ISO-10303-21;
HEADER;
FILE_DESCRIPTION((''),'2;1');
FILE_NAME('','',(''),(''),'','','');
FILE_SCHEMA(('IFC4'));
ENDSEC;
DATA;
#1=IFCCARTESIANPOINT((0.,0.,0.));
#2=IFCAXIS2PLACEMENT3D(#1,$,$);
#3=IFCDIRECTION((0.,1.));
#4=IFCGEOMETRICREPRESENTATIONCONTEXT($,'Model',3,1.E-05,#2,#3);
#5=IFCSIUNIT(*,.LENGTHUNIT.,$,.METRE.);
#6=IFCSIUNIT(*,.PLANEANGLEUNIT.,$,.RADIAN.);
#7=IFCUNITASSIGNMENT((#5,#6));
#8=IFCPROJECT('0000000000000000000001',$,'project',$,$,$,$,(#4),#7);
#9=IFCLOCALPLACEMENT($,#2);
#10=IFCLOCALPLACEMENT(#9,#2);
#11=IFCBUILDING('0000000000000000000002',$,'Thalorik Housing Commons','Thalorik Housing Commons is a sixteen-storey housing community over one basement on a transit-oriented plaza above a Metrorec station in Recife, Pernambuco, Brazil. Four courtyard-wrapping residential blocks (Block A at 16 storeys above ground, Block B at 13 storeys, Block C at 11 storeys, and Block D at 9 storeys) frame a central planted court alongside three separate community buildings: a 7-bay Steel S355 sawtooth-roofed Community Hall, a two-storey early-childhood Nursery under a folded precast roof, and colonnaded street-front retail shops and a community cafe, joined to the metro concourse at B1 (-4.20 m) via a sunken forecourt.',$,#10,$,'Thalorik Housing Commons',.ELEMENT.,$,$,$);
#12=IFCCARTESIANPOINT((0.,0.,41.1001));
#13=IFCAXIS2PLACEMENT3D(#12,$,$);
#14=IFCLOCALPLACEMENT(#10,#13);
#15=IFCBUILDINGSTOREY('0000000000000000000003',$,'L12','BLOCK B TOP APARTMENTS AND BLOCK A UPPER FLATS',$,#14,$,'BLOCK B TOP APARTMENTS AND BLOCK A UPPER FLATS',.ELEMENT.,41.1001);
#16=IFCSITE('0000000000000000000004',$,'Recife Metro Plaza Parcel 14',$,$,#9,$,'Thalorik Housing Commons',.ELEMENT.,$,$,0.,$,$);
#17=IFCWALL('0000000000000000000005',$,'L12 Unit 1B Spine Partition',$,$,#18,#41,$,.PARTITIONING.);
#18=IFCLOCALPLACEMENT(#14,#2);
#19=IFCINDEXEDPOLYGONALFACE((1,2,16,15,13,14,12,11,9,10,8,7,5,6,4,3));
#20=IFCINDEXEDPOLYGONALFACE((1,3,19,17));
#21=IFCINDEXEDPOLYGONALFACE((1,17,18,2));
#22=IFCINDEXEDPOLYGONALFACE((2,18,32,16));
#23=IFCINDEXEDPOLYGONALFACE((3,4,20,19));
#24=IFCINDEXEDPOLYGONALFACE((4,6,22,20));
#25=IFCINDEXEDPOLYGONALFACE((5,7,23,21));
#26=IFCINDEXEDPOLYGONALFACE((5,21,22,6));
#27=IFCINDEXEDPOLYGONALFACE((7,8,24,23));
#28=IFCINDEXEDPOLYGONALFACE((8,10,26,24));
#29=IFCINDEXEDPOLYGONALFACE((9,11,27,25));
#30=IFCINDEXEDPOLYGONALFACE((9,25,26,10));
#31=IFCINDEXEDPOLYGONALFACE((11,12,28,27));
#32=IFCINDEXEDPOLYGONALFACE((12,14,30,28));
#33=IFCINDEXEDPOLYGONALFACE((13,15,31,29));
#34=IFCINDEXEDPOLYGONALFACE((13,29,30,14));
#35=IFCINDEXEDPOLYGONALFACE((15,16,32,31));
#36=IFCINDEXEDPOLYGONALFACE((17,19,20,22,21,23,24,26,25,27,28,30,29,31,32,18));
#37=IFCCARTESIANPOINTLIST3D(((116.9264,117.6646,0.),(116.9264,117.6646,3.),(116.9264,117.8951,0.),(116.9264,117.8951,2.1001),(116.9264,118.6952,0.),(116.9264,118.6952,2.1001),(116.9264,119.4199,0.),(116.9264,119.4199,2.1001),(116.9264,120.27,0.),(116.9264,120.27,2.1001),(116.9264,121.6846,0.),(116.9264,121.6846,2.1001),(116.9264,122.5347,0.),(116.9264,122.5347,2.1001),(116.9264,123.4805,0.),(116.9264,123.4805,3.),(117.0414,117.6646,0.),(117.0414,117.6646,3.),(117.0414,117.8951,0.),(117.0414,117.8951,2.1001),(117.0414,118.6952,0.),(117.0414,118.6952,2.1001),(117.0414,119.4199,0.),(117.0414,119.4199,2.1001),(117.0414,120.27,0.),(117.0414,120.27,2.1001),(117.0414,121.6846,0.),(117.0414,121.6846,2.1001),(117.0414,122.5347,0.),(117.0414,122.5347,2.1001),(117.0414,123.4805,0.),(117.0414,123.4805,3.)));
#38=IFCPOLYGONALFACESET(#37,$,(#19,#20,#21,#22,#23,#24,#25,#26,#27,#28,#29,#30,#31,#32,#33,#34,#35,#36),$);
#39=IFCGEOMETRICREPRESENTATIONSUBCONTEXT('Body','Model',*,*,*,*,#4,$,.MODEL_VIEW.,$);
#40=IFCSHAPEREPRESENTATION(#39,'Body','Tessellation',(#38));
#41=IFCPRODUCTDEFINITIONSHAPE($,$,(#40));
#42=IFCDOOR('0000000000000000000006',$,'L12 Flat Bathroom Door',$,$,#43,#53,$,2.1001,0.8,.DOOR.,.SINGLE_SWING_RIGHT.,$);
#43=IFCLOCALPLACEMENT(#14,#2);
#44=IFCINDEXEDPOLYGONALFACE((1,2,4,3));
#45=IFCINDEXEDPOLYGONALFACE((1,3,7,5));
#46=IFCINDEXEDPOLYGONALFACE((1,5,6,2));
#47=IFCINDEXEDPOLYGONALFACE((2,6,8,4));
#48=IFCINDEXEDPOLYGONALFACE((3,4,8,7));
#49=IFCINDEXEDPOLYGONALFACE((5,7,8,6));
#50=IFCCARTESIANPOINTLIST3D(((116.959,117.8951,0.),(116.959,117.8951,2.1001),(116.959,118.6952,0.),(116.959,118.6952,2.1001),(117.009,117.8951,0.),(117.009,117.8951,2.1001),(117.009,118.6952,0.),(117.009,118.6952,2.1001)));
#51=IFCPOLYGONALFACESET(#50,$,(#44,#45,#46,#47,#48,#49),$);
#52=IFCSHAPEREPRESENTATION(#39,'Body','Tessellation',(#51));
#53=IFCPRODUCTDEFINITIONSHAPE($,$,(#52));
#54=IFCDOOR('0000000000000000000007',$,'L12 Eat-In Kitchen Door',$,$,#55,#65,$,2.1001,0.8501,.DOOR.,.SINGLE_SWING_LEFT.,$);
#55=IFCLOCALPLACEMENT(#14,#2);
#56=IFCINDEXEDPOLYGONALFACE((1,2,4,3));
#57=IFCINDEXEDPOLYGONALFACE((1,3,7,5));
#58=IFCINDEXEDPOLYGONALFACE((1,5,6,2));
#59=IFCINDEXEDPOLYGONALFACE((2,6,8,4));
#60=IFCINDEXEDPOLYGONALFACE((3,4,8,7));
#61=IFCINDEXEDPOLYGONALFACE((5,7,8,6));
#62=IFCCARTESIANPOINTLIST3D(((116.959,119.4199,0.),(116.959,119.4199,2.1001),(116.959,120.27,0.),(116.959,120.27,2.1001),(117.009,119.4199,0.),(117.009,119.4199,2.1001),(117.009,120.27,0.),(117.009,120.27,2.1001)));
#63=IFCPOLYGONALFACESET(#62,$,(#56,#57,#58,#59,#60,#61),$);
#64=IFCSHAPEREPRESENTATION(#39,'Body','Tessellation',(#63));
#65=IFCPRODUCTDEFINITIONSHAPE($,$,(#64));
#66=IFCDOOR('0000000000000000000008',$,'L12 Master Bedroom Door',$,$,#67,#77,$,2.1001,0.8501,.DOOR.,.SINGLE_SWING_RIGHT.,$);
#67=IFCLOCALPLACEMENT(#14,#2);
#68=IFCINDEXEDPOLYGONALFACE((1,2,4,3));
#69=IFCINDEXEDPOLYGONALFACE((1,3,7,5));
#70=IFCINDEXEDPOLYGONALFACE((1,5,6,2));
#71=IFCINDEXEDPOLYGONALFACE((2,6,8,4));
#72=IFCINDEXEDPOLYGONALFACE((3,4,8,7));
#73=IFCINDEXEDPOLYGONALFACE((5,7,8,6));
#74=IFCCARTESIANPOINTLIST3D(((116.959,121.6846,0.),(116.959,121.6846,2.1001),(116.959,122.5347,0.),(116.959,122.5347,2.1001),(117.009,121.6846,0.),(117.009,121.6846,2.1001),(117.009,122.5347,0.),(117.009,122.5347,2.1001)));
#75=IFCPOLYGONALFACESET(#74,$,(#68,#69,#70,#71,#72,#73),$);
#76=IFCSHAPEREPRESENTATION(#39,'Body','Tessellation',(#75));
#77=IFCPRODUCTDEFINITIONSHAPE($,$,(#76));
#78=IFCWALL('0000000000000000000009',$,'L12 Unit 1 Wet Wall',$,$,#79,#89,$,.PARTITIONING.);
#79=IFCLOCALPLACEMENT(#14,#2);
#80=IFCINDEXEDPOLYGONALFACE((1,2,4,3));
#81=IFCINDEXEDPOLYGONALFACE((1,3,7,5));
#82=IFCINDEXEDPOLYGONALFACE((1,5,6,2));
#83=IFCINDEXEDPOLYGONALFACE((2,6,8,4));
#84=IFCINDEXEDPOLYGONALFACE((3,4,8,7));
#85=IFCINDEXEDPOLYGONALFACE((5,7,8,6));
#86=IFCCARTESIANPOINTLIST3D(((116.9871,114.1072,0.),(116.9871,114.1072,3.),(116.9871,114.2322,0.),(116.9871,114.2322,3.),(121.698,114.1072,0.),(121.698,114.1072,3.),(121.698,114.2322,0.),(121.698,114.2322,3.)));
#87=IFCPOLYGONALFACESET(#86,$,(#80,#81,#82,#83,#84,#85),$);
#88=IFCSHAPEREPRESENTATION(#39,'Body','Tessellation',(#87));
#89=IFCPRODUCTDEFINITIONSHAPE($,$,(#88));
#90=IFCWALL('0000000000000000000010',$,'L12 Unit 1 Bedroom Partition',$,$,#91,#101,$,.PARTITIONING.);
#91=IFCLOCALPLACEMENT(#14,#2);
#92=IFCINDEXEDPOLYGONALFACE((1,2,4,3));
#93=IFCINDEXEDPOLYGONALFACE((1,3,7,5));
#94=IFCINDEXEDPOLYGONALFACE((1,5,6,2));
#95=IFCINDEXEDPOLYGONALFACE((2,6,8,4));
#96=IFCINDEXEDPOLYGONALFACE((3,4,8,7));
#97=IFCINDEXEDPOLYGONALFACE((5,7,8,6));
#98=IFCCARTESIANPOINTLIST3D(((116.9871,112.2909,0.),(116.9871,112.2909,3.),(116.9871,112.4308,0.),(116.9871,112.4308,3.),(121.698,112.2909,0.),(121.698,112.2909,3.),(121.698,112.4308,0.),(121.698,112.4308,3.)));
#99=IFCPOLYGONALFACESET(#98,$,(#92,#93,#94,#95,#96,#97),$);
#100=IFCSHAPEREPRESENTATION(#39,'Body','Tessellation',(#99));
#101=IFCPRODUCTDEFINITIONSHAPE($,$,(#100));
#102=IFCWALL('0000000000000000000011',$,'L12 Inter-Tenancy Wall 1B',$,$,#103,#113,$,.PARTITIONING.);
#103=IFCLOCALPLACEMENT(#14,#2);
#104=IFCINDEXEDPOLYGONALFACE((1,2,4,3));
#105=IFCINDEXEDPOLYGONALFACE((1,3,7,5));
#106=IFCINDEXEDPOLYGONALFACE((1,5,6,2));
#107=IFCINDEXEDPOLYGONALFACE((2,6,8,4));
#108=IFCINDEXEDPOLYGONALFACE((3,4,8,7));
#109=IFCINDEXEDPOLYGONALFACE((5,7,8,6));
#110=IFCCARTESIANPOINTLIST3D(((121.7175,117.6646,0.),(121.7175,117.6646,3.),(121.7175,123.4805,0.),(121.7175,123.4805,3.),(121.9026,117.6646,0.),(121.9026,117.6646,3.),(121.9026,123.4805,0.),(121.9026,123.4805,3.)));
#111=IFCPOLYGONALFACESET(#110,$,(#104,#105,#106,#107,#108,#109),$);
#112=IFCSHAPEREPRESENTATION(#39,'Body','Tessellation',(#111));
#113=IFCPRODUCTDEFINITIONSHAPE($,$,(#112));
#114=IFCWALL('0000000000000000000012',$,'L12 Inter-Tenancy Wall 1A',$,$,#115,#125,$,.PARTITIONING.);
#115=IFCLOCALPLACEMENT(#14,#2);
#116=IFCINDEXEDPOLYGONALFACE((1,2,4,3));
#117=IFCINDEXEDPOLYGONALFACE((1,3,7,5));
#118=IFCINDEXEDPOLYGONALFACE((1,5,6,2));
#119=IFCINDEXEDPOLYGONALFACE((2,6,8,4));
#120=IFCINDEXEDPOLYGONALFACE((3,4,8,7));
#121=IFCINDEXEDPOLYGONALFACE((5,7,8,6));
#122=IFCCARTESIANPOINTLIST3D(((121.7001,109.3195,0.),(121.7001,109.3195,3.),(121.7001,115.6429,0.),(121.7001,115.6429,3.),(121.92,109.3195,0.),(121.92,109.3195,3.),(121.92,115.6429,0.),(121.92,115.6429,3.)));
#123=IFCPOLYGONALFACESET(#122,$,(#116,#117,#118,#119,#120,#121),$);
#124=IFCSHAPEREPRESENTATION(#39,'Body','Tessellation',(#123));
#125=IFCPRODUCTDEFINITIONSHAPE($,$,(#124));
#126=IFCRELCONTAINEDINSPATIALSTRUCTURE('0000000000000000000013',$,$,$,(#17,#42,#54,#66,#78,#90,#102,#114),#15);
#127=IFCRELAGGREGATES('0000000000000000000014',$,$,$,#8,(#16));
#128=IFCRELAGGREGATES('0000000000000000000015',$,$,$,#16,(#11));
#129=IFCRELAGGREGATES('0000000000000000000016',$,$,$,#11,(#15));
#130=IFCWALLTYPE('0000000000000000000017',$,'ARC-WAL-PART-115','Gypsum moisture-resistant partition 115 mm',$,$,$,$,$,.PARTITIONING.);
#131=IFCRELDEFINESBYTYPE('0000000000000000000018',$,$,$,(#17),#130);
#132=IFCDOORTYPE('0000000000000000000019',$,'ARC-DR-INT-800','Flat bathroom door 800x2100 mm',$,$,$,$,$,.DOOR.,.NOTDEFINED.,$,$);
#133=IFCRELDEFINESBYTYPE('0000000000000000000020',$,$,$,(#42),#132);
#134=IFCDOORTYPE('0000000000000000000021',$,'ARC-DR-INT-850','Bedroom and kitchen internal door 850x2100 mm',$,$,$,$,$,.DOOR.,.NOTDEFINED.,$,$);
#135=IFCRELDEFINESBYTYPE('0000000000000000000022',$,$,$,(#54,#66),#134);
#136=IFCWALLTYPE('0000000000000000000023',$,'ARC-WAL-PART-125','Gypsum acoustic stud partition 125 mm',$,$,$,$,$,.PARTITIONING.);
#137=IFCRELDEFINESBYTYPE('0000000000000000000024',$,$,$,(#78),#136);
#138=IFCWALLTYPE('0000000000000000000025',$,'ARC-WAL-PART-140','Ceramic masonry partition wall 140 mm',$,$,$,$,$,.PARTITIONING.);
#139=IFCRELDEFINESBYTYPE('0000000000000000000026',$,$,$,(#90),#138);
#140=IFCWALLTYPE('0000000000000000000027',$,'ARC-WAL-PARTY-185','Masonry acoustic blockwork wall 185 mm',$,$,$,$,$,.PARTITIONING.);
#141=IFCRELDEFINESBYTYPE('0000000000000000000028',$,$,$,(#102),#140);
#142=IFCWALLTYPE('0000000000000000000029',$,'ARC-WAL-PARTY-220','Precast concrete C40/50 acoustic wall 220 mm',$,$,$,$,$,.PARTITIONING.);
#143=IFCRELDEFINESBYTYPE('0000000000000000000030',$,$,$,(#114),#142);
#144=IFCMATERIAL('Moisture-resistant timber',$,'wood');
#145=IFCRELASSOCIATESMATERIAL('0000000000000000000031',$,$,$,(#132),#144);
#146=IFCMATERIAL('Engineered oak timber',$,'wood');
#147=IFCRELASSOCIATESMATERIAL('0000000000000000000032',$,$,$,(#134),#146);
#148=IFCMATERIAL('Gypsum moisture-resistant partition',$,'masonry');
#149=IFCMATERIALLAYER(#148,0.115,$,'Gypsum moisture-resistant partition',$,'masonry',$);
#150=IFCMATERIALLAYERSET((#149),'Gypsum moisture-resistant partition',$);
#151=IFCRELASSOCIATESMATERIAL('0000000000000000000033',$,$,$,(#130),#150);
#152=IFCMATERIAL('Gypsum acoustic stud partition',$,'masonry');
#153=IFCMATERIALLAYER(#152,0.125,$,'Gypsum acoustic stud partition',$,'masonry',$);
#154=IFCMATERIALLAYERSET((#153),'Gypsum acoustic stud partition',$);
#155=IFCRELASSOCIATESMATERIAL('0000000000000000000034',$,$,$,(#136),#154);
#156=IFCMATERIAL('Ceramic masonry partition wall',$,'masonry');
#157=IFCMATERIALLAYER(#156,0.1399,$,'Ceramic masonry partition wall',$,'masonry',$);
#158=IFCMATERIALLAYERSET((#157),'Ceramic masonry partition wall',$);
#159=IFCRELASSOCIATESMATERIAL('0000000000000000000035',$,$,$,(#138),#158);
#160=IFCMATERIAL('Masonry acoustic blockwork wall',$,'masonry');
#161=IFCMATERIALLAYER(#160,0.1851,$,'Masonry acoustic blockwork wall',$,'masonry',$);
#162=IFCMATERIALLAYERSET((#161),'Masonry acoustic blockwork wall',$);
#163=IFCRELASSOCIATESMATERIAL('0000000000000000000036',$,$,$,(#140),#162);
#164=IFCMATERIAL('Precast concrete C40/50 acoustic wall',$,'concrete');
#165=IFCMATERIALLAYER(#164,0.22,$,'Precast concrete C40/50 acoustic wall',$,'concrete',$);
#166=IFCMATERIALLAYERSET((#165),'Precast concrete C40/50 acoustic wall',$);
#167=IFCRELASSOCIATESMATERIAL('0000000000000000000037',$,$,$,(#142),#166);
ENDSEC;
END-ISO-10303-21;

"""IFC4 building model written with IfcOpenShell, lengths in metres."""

from ifc_helpers import new_model, si_unit, direction, frame, frame_2d, origin, place, context, subcontext, project, spatial, rectangle, extrude, material, layer, layer_set, type_object, element, fill, save


model = new_model("IFC4")

# Units and contexts
model_context = context("Model", 3, precision=1e-05, world=origin(), true_north=direction((0.0, 1.0)))
body_context = subcontext(model_context, "Body", "Model", "MODEL_VIEW")
ifc_project = project(units=[si_unit("LENGTHUNIT", "METRE"), si_unit("PLANEANGLEUNIT", "RADIAN")], contexts=[model_context])

# Site, building, storey
site_placement = place(None, origin())
site = spatial("IfcSite", under=ifc_project, at=site_placement, Name="Recife Metro Plaza Parcel 14", LongName="Thalorik Housing Commons", CompositionType="ELEMENT", RefElevation=0.0)
building_placement = place(site_placement, origin())
building = spatial("IfcBuilding", under=site, at=building_placement, Name="Thalorik Housing Commons", Description="Thalorik Housing Commons is a sixteen-storey housing community over one basement on a transit-oriented plaza above a Metrorec station in Recife, Pernambuco, Brazil. Four courtyard-wrapping residential blocks (Block A at 16 storeys above ground, Block B at 13 storeys, Block C at 11 storeys, and Block D at 9 storeys) frame a central planted court alongside three separate community buildings: a 7-bay Steel S355 sawtooth-roofed Community Hall, a two-storey early-childhood Nursery under a folded precast roof, and colonnaded street-front retail shops and a community cafe, joined to the metro concourse at B1 (-4.20 m) via a sunken forecourt.", LongName="Thalorik Housing Commons", CompositionType="ELEMENT")
storey_placement = place(building_placement, frame((0.0, 0.0, 41.1001)))
storey = spatial("IfcBuildingStorey", under=building, at=storey_placement, Name="L12", Description="BLOCK B TOP APARTMENTS AND BLOCK A UPPER FLATS", LongName="BLOCK B TOP APARTMENTS AND BLOCK A UPPER FLATS", CompositionType="ELEMENT", Elevation=41.1001)

# Wall, openings, doors
ifc_material_1 = material(Name="Moisture-resistant timber", Category="wood")
door_type_1 = type_object("IfcDoorType", Name="ARC-DR-INT-800", Description="Flat bathroom door 800x2100 mm", OperationType="NOTDEFINED", PredefinedType="DOOR", material=ifc_material_1)
ifc_material_2 = material(Name="Engineered oak timber", Category="wood")
door_type_2 = type_object("IfcDoorType", Name="ARC-DR-INT-850", Description="Bedroom and kitchen internal door 850x2100 mm", OperationType="NOTDEFINED", PredefinedType="DOOR", material=ifc_material_2)
ifc_material_3 = material(Name="Gypsum moisture-resistant partition", Category="masonry")
ifc_layer_1 = layer(ifc_material_3, 0.115, Name="Gypsum moisture-resistant partition", Category="masonry")
ifc_layer_set_1 = layer_set([ifc_layer_1], Name="Gypsum moisture-resistant partition")
wall_type_1 = type_object("IfcWallType", Name="ARC-WAL-PART-115", Description="Gypsum moisture-resistant partition 115 mm", PredefinedType="PARTITIONING", material=ifc_layer_set_1)
wall_1_placement = place(storey_placement, frame((116.9839, 117.6646, 0.0), z_axis=(0.0, 0.0, 1.0), x_axis=(0.0, 1.0, 0.0)))
wall_1 = element("IfcWall", 1, at=wall_1_placement, inside=storey, type_object=wall_type_1, Name="L12 Unit 1B Spine Partition", PredefinedType="PARTITIONING", context=body_context, shape_type="SweptSolid", body=[
    extrude(rectangle(XDim=5.8159, YDim=0.115, at=frame_2d((2.908, 0.0))), origin(), (0.0, 0.0, 1.0), 3.0),
])
opening_1_placement = place(wall_1_placement, frame((0.2307, 0.0, 0.0)))
opening_1 = element("IfcOpeningElement", 2, at=opening_1_placement, cuts=wall_1, PredefinedType="OPENING", context=body_context, shape_type="SweptSolid", body=[
    extrude(rectangle(XDim=0.8, YDim=2.1001, at=frame_2d((0.3999, 1.05))), frame((0.0, 0.0674, 0.0), z_axis=(0.0, -1.0, 0.0), x_axis=(1.0, 0.0, 0.0)), (0.0, 0.0, 1.0), 0.135),
])
opening_2_placement = place(wall_1_placement, frame((1.7554, 0.0, 0.0)))
opening_2 = element("IfcOpeningElement", 3, at=opening_2_placement, cuts=wall_1, PredefinedType="OPENING", context=body_context, shape_type="SweptSolid", body=[
    extrude(rectangle(XDim=0.8501, YDim=2.1001, at=frame_2d((0.425, 1.05))), frame((0.0, 0.0674, 0.0), z_axis=(0.0, -1.0, 0.0), x_axis=(1.0, 0.0, 0.0)), (0.0, 0.0, 1.0), 0.135),
])
opening_3_placement = place(wall_1_placement, frame((4.02, 0.0, 0.0)))
opening_3 = element("IfcOpeningElement", 4, at=opening_3_placement, cuts=wall_1, PredefinedType="OPENING", context=body_context, shape_type="SweptSolid", body=[
    extrude(rectangle(XDim=0.8501, YDim=2.1001, at=frame_2d((0.425, 1.05))), frame((0.0, 0.0674, 0.0), z_axis=(0.0, -1.0, 0.0), x_axis=(1.0, 0.0, 0.0)), (0.0, 0.0, 1.0), 0.135),
])
door_1_placement = place(opening_1_placement, origin())
door_1 = element("IfcDoor", 5, at=door_1_placement, inside=storey, type_object=door_type_1, Name="L12 Flat Bathroom Door", OperationType="SINGLE_SWING_RIGHT", OverallHeight=2.1001, OverallWidth=0.8, PredefinedType="DOOR", context=body_context, shape_type="SweptSolid", body=[
    extrude(rectangle(XDim=0.8, YDim=2.1001, at=frame_2d((0.3999, 1.05))), frame((0.0, 0.0249, 0.0), z_axis=(0.0, -1.0, 0.0), x_axis=(1.0, 0.0, 0.0)), (0.0, 0.0, 1.0), 0.05),
])
fill(opening_1, door_1)
door_2_placement = place(opening_2_placement, origin())
door_2 = element("IfcDoor", 6, at=door_2_placement, inside=storey, type_object=door_type_2, Name="L12 Eat-In Kitchen Door", OperationType="SINGLE_SWING_LEFT", OverallHeight=2.1001, OverallWidth=0.8501, PredefinedType="DOOR", context=body_context, shape_type="SweptSolid", body=[
    extrude(rectangle(XDim=0.8501, YDim=2.1001, at=frame_2d((0.425, 1.05))), frame((0.0, 0.0249, 0.0), z_axis=(0.0, -1.0, 0.0), x_axis=(1.0, 0.0, 0.0)), (0.0, 0.0, 1.0), 0.05),
])
fill(opening_2, door_2)
door_3_placement = place(opening_3_placement, origin())
door_3 = element("IfcDoor", 7, at=door_3_placement, inside=storey, type_object=door_type_2, Name="L12 Master Bedroom Door", OperationType="SINGLE_SWING_RIGHT", OverallHeight=2.1001, OverallWidth=0.8501, PredefinedType="DOOR", context=body_context, shape_type="SweptSolid", body=[
    extrude(rectangle(XDim=0.8501, YDim=2.1001, at=frame_2d((0.425, 1.05))), frame((0.0, 0.0249, 0.0), z_axis=(0.0, -1.0, 0.0), x_axis=(1.0, 0.0, 0.0)), (0.0, 0.0, 1.0), 0.05),
])
fill(opening_3, door_3)

# Walls
ifc_material_4 = material(Name="Gypsum acoustic stud partition", Category="masonry")
ifc_layer_2 = layer(ifc_material_4, 0.125, Name="Gypsum acoustic stud partition", Category="masonry")
ifc_layer_set_2 = layer_set([ifc_layer_2], Name="Gypsum acoustic stud partition")
wall_type_2 = type_object("IfcWallType", Name="ARC-WAL-PART-125", Description="Gypsum acoustic stud partition 125 mm", PredefinedType="PARTITIONING", material=ifc_layer_set_2)
wall_2_placement = place(storey_placement, frame((116.9871, 114.1697, 0.0), z_axis=(0.0, 0.0, 1.0), x_axis=(1.0, 0.0, 0.0)))
element("IfcWall", 8, at=wall_2_placement, inside=storey, type_object=wall_type_2, Name="L12 Unit 1 Wet Wall", PredefinedType="PARTITIONING", context=body_context, shape_type="SweptSolid", body=[
    extrude(rectangle(XDim=4.7109, YDim=0.125, at=frame_2d((2.3555, 0.0))), origin(), (0.0, 0.0, 1.0), 3.0),
])
ifc_material_5 = material(Name="Ceramic masonry partition wall", Category="masonry")
ifc_layer_3 = layer(ifc_material_5, 0.1399, Name="Ceramic masonry partition wall", Category="masonry")
ifc_layer_set_3 = layer_set([ifc_layer_3], Name="Ceramic masonry partition wall")
wall_type_3 = type_object("IfcWallType", Name="ARC-WAL-PART-140", Description="Ceramic masonry partition wall 140 mm", PredefinedType="PARTITIONING", material=ifc_layer_set_3)
wall_3_placement = place(storey_placement, frame((116.9871, 112.3608, 0.0), z_axis=(0.0, 0.0, 1.0), x_axis=(1.0, 0.0, 0.0)))
element("IfcWall", 9, at=wall_3_placement, inside=storey, type_object=wall_type_3, Name="L12 Unit 1 Bedroom Partition", PredefinedType="PARTITIONING", context=body_context, shape_type="SweptSolid", body=[
    extrude(rectangle(XDim=4.7109, YDim=0.1399, at=frame_2d((2.3555, 0.0))), origin(), (0.0, 0.0, 1.0), 3.0),
])
ifc_material_6 = material(Name="Masonry acoustic blockwork wall", Category="masonry")
ifc_layer_4 = layer(ifc_material_6, 0.1851, Name="Masonry acoustic blockwork wall", Category="masonry")
ifc_layer_set_4 = layer_set([ifc_layer_4], Name="Masonry acoustic blockwork wall")
wall_type_4 = type_object("IfcWallType", Name="ARC-WAL-PARTY-185", Description="Masonry acoustic blockwork wall 185 mm", PredefinedType="PARTITIONING", material=ifc_layer_set_4)
wall_4_placement = place(storey_placement, frame((121.8101, 117.6646, 0.0), z_axis=(0.0, 0.0, 1.0), x_axis=(0.0, 1.0, 0.0)))
element("IfcWall", 10, at=wall_4_placement, inside=storey, type_object=wall_type_4, Name="L12 Inter-Tenancy Wall 1B", PredefinedType="PARTITIONING", context=body_context, shape_type="SweptSolid", body=[
    extrude(rectangle(XDim=5.8159, YDim=0.1851, at=frame_2d((2.908, 0.0))), origin(), (0.0, 0.0, 1.0), 3.0),
])
ifc_material_7 = material(Name="Precast concrete C40/50 acoustic wall", Category="concrete")
ifc_layer_5 = layer(ifc_material_7, 0.22, Name="Precast concrete C40/50 acoustic wall", Category="concrete")
ifc_layer_set_5 = layer_set([ifc_layer_5], Name="Precast concrete C40/50 acoustic wall")
wall_type_5 = type_object("IfcWallType", Name="ARC-WAL-PARTY-220", Description="Precast concrete C40/50 acoustic wall 220 mm", PredefinedType="PARTITIONING", material=ifc_layer_set_5)
wall_5_placement = place(storey_placement, frame((121.8101, 109.3196, 0.0), z_axis=(0.0, 0.0, 1.0), x_axis=(0.0, 1.0, 0.0)))
element("IfcWall", 11, at=wall_5_placement, inside=storey, type_object=wall_type_5, Name="L12 Inter-Tenancy Wall 1A", PredefinedType="PARTITIONING", context=body_context, shape_type="SweptSolid", body=[
    extrude(rectangle(XDim=6.3235, YDim=0.22, at=frame_2d((3.1616, 0.0))), origin(), (0.0, 0.0, 1.0), 3.0),
])

save(model, "model.ifc")
